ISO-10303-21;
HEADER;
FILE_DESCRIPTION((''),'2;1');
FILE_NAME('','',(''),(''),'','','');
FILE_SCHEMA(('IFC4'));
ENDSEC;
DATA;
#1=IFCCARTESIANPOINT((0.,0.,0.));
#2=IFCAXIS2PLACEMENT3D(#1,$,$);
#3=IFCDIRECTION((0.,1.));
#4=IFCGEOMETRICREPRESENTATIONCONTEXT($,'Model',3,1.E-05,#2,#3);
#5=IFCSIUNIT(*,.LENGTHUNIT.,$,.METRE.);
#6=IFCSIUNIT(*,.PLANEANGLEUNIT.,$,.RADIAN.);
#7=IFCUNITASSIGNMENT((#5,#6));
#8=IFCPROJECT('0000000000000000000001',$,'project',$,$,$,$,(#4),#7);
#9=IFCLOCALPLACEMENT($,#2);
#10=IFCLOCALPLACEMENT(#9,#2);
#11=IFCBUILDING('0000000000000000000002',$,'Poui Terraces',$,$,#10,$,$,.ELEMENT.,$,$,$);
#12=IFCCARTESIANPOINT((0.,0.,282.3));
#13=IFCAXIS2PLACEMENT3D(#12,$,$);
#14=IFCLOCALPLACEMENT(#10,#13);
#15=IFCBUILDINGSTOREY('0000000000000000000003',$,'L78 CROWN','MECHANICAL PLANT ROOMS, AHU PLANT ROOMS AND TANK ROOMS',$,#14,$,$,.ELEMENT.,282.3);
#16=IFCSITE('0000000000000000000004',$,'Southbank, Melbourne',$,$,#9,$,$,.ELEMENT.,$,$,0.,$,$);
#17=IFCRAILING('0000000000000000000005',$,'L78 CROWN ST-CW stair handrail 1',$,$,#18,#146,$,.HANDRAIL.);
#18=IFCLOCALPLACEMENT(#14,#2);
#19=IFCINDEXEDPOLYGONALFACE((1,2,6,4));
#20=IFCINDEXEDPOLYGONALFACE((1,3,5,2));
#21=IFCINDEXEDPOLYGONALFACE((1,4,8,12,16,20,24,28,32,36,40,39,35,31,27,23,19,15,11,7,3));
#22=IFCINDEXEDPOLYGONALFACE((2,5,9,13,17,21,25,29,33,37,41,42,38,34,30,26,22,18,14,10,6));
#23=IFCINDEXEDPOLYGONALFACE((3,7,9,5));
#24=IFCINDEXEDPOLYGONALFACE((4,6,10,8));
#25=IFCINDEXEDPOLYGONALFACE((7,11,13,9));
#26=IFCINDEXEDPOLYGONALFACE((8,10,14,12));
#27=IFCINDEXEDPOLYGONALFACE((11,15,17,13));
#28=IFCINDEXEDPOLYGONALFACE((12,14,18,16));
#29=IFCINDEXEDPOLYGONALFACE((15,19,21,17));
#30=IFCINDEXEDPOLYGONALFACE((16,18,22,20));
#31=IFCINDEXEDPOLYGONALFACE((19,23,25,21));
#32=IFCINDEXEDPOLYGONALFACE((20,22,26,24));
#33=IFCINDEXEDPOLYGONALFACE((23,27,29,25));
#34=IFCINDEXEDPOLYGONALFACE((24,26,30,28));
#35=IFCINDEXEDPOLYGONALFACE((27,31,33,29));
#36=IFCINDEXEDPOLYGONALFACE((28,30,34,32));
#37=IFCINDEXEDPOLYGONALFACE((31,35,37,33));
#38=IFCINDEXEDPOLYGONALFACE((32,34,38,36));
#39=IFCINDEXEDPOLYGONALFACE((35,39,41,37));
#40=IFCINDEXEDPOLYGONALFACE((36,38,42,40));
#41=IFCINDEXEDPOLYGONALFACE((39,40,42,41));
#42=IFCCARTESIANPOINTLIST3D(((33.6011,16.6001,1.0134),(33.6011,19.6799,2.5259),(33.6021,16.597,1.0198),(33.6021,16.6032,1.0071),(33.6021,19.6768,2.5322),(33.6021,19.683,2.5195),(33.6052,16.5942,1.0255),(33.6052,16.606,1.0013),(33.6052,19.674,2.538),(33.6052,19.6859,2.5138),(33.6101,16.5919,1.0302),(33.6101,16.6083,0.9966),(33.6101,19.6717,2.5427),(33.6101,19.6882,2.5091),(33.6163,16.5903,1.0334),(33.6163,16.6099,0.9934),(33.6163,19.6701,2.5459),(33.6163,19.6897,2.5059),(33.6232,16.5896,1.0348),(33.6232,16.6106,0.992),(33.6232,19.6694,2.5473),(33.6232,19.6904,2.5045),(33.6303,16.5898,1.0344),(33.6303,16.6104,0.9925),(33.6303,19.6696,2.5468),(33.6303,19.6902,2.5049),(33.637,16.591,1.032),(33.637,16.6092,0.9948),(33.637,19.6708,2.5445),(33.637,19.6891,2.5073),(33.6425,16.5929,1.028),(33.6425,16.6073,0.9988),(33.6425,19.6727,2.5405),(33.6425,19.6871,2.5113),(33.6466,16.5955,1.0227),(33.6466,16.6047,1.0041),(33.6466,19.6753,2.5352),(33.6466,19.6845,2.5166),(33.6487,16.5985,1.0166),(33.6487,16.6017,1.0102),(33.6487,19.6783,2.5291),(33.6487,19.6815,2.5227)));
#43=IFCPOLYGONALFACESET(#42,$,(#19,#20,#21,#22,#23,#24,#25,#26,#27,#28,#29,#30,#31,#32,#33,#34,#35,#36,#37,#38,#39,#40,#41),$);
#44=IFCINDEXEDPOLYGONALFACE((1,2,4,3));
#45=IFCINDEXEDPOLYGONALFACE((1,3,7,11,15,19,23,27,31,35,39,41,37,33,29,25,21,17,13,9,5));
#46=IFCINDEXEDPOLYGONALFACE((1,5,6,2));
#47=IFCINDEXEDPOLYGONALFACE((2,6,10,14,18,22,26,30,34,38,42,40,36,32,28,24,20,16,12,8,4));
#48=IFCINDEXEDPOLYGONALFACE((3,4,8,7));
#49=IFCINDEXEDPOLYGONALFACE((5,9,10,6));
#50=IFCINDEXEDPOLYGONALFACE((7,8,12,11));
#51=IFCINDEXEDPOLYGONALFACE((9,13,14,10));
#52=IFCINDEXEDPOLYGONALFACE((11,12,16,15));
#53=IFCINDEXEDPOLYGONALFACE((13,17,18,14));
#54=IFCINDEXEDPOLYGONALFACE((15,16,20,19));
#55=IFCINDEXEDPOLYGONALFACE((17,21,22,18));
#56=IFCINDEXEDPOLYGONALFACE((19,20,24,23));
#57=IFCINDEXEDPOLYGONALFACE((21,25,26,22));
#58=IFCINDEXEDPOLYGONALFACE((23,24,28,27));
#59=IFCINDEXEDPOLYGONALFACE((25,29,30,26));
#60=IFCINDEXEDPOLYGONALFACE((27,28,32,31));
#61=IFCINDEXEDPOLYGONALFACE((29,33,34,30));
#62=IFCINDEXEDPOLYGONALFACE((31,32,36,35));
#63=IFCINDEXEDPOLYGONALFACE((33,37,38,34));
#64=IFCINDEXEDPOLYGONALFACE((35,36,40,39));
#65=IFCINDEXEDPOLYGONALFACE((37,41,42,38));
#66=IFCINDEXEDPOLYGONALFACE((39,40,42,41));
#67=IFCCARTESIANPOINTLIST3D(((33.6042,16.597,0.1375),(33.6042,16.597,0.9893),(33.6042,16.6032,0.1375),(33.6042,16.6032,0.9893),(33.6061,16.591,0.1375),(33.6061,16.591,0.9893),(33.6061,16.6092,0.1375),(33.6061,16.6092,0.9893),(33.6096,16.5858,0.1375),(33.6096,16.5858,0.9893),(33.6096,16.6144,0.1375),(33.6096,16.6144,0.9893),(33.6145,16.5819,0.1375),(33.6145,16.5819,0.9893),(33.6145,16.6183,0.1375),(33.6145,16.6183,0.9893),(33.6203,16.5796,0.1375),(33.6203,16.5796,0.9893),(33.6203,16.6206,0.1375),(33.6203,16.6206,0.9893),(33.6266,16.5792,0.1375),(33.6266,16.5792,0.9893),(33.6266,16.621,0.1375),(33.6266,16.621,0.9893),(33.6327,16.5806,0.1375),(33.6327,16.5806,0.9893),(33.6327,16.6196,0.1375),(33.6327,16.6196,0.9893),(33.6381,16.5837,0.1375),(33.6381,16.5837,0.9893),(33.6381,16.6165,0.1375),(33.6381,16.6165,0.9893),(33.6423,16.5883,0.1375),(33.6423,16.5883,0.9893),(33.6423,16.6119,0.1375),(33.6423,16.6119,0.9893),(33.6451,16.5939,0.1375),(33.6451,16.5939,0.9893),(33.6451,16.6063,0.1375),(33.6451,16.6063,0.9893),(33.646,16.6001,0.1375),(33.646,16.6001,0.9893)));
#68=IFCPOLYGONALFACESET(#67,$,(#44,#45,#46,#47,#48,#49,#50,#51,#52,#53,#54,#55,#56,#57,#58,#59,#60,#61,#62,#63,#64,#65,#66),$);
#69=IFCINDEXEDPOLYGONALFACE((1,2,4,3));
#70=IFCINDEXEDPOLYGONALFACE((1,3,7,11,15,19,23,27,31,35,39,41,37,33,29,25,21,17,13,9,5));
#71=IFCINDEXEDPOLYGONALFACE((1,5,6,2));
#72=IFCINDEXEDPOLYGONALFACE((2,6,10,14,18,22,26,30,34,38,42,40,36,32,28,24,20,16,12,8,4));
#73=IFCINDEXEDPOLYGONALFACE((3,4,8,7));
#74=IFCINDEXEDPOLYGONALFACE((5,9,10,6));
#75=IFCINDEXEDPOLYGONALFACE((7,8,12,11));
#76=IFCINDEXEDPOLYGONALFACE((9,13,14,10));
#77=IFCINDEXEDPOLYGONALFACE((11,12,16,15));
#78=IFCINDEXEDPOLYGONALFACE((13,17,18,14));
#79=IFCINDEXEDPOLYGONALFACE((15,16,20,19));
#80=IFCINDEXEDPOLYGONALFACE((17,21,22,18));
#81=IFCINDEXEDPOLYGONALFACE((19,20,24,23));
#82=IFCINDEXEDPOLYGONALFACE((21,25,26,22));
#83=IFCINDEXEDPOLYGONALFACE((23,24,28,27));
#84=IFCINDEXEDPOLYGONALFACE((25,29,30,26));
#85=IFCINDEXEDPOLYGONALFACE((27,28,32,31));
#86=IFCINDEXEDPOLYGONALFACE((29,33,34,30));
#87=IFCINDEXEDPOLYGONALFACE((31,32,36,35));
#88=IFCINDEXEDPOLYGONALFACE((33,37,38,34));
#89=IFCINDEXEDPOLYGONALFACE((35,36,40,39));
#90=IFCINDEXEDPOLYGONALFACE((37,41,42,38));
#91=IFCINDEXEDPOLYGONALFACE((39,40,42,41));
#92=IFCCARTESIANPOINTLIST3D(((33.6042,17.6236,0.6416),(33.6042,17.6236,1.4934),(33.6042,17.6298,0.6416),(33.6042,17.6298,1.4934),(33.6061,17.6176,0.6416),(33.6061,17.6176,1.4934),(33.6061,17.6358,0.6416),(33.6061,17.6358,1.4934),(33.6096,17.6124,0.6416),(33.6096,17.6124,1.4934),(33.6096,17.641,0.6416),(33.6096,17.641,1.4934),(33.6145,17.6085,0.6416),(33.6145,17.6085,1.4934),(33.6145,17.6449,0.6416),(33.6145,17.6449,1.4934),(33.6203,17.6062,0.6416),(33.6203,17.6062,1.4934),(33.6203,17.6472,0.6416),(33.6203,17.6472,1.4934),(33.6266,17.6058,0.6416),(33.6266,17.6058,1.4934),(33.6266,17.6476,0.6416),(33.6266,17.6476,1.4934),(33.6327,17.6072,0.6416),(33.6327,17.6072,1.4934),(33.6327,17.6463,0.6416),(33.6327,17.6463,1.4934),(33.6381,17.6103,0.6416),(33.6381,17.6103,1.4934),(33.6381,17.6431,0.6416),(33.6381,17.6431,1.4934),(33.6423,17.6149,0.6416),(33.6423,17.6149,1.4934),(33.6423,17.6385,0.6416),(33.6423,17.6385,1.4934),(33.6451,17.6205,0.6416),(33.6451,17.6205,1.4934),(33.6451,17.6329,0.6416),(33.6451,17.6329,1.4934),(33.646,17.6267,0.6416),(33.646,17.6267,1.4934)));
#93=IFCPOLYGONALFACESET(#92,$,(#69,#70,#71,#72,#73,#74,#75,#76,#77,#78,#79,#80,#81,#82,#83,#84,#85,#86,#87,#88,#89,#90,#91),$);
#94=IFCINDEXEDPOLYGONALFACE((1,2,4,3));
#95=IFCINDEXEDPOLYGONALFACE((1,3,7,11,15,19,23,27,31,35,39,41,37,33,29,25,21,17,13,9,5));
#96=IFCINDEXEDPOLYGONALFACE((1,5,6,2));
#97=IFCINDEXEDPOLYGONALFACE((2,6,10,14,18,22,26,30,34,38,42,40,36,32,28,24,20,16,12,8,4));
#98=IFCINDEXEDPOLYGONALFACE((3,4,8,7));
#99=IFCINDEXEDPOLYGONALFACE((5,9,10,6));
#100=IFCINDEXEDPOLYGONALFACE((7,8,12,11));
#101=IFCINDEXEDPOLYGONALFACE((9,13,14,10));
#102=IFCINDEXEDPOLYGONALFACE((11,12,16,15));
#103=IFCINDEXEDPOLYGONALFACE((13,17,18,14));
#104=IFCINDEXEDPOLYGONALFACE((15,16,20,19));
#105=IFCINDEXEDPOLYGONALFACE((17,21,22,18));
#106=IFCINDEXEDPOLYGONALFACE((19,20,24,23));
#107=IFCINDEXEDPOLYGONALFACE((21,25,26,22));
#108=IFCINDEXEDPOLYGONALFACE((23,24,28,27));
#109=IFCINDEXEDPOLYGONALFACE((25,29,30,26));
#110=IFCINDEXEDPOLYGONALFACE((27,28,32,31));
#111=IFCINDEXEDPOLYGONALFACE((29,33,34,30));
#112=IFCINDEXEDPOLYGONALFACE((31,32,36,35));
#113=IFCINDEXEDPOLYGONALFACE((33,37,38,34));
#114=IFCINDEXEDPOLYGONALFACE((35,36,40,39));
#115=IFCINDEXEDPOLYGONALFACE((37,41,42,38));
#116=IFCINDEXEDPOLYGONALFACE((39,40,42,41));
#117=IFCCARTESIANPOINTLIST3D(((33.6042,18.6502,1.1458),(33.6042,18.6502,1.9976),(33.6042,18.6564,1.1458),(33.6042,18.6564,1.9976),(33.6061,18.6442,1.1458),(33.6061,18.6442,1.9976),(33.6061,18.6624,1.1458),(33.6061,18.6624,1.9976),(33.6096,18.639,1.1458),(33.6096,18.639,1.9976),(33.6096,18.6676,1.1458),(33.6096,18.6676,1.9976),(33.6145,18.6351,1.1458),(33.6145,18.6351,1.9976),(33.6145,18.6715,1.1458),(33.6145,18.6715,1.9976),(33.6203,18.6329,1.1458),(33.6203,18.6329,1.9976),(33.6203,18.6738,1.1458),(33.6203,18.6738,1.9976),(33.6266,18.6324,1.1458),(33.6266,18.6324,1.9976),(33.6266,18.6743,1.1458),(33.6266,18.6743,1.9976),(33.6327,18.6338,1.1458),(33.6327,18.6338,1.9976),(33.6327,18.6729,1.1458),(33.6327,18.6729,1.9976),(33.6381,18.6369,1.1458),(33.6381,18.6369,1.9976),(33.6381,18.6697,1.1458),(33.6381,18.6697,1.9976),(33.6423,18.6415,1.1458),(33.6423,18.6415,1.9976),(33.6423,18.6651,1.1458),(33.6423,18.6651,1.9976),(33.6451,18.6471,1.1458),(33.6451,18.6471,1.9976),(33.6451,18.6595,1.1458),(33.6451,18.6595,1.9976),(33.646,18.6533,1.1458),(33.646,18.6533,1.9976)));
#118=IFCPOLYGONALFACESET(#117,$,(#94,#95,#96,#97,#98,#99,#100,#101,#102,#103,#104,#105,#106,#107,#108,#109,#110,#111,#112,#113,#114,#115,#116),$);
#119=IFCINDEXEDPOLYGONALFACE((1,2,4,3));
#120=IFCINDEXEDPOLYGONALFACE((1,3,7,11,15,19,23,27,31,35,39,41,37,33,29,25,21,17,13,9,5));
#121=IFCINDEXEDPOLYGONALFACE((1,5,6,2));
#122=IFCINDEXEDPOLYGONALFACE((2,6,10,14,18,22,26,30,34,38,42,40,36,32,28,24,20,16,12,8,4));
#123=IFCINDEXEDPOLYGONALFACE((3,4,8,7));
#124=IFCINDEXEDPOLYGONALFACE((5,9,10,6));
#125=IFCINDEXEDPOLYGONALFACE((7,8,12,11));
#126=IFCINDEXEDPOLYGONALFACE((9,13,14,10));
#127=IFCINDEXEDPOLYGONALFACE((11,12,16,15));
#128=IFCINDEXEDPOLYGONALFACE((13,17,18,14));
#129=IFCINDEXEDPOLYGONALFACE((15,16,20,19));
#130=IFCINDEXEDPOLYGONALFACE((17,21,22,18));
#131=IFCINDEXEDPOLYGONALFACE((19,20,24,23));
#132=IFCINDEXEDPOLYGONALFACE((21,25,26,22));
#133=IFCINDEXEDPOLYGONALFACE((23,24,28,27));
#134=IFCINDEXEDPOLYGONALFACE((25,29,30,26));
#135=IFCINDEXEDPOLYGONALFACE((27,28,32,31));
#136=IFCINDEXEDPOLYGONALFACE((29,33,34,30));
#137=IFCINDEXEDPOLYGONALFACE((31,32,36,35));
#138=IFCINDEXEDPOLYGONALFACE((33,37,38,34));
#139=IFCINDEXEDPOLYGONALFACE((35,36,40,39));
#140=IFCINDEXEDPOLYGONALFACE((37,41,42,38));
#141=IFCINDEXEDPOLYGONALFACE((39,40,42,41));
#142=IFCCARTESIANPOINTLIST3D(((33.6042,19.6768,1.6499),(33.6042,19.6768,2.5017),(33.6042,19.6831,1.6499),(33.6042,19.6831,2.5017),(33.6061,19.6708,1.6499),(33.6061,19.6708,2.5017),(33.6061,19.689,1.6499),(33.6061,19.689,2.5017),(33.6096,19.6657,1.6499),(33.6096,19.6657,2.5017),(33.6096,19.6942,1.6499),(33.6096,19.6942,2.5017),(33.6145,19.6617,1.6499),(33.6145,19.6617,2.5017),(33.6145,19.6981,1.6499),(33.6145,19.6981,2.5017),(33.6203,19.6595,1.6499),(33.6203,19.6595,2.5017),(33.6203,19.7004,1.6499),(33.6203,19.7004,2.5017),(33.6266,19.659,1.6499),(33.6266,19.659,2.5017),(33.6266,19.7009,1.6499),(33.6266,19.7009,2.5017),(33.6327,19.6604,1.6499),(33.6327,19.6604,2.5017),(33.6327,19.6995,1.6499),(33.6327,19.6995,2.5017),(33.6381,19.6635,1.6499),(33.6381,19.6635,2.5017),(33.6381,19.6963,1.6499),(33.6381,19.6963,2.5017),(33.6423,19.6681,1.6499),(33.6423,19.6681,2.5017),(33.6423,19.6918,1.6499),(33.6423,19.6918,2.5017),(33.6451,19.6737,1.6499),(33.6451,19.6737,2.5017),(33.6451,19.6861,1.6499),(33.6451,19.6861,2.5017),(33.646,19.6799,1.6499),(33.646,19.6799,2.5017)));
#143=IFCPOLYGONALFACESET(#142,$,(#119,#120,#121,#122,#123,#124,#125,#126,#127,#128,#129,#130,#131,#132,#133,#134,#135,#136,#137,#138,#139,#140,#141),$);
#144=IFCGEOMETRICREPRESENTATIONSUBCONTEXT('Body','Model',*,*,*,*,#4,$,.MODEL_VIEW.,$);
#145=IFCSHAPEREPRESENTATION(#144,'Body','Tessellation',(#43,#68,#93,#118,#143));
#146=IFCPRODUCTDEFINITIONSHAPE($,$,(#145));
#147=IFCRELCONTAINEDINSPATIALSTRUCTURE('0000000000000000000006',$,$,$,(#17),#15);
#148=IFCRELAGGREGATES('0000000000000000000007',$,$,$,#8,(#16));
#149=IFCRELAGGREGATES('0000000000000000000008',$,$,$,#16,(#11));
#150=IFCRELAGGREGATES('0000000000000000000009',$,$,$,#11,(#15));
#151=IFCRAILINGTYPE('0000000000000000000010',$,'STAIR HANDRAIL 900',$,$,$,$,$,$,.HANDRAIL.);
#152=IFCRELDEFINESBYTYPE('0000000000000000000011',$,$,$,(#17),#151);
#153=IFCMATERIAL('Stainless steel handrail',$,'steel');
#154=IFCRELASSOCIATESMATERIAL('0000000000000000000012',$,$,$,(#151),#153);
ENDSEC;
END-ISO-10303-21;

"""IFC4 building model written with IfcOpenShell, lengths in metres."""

from ifc_helpers import new_model, si_unit, direction, frame, origin, origin_2d, place, context, subcontext, project, spatial, circle, extrude, material, type_object, element, save


model = new_model("IFC4")

# Units and contexts
model_context = context("Model", 3, precision=1e-05, world=origin(), true_north=direction((0.0, 1.0)))
body_context = subcontext(model_context, "Body", "Model", "MODEL_VIEW")
ifc_project = project(units=[si_unit("LENGTHUNIT", "METRE"), si_unit("PLANEANGLEUNIT", "RADIAN")], contexts=[model_context])

# Site, building, storey
site_placement = place(None, origin())
site = spatial("IfcSite", under=ifc_project, at=site_placement, Name="Southbank, Melbourne", CompositionType="ELEMENT", RefElevation=0.0)
building_placement = place(site_placement, origin())
building = spatial("IfcBuilding", under=site, at=building_placement, Name="Poui Terraces", CompositionType="ELEMENT")
storey_placement = place(building_placement, frame((0.0, 0.0, 282.3)))
storey = spatial("IfcBuildingStorey", under=building, at=storey_placement, Name="L78 CROWN", Description="MECHANICAL PLANT ROOMS, AHU PLANT ROOMS AND TANK ROOMS", CompositionType="ELEMENT", Elevation=282.3)

# Railing
ifc_material_1 = material(Name="Stainless steel handrail", Category="steel")
railing_type_1 = type_object("IfcRailingType", Name="STAIR HANDRAIL 900", PredefinedType="HANDRAIL", material=ifc_material_1)
railing_1_placement = place(storey_placement, frame((33.625, 16.6001, 0.1375)))
element("IfcRailing", 1, at=railing_1_placement, inside=storey, type_object=railing_type_1, Name="L78 CROWN ST-CW stair handrail 1", PredefinedType="HANDRAIL", context=body_context, shape_type="SweptSolid", body=[
    extrude(circle(Radius=0.0239, at=origin_2d()), frame((0.0, 0.0, 0.876), z_axis=(0.0, 0.897606, 0.440798), x_axis=(-1.0, 0.0, 0.0)), (0.0, 0.0, 1.0), 3.4312),
    extrude(circle(Radius=0.021, at=origin_2d()), origin(), (0.0, 0.0, 1.0), 0.8518),
    extrude(circle(Radius=0.021, at=origin_2d()), frame((0.0, 1.0266, 0.5042)), (0.0, 0.0, 1.0), 0.8518),
    extrude(circle(Radius=0.021, at=origin_2d()), frame((0.0, 2.0532, 1.0083)), (0.0, 0.0, 1.0), 0.8518),
    extrude(circle(Radius=0.021, at=origin_2d()), frame((0.0, 3.0798, 1.5125)), (0.0, 0.0, 1.0), 0.8518),
])

save(model, "model.ifc")
